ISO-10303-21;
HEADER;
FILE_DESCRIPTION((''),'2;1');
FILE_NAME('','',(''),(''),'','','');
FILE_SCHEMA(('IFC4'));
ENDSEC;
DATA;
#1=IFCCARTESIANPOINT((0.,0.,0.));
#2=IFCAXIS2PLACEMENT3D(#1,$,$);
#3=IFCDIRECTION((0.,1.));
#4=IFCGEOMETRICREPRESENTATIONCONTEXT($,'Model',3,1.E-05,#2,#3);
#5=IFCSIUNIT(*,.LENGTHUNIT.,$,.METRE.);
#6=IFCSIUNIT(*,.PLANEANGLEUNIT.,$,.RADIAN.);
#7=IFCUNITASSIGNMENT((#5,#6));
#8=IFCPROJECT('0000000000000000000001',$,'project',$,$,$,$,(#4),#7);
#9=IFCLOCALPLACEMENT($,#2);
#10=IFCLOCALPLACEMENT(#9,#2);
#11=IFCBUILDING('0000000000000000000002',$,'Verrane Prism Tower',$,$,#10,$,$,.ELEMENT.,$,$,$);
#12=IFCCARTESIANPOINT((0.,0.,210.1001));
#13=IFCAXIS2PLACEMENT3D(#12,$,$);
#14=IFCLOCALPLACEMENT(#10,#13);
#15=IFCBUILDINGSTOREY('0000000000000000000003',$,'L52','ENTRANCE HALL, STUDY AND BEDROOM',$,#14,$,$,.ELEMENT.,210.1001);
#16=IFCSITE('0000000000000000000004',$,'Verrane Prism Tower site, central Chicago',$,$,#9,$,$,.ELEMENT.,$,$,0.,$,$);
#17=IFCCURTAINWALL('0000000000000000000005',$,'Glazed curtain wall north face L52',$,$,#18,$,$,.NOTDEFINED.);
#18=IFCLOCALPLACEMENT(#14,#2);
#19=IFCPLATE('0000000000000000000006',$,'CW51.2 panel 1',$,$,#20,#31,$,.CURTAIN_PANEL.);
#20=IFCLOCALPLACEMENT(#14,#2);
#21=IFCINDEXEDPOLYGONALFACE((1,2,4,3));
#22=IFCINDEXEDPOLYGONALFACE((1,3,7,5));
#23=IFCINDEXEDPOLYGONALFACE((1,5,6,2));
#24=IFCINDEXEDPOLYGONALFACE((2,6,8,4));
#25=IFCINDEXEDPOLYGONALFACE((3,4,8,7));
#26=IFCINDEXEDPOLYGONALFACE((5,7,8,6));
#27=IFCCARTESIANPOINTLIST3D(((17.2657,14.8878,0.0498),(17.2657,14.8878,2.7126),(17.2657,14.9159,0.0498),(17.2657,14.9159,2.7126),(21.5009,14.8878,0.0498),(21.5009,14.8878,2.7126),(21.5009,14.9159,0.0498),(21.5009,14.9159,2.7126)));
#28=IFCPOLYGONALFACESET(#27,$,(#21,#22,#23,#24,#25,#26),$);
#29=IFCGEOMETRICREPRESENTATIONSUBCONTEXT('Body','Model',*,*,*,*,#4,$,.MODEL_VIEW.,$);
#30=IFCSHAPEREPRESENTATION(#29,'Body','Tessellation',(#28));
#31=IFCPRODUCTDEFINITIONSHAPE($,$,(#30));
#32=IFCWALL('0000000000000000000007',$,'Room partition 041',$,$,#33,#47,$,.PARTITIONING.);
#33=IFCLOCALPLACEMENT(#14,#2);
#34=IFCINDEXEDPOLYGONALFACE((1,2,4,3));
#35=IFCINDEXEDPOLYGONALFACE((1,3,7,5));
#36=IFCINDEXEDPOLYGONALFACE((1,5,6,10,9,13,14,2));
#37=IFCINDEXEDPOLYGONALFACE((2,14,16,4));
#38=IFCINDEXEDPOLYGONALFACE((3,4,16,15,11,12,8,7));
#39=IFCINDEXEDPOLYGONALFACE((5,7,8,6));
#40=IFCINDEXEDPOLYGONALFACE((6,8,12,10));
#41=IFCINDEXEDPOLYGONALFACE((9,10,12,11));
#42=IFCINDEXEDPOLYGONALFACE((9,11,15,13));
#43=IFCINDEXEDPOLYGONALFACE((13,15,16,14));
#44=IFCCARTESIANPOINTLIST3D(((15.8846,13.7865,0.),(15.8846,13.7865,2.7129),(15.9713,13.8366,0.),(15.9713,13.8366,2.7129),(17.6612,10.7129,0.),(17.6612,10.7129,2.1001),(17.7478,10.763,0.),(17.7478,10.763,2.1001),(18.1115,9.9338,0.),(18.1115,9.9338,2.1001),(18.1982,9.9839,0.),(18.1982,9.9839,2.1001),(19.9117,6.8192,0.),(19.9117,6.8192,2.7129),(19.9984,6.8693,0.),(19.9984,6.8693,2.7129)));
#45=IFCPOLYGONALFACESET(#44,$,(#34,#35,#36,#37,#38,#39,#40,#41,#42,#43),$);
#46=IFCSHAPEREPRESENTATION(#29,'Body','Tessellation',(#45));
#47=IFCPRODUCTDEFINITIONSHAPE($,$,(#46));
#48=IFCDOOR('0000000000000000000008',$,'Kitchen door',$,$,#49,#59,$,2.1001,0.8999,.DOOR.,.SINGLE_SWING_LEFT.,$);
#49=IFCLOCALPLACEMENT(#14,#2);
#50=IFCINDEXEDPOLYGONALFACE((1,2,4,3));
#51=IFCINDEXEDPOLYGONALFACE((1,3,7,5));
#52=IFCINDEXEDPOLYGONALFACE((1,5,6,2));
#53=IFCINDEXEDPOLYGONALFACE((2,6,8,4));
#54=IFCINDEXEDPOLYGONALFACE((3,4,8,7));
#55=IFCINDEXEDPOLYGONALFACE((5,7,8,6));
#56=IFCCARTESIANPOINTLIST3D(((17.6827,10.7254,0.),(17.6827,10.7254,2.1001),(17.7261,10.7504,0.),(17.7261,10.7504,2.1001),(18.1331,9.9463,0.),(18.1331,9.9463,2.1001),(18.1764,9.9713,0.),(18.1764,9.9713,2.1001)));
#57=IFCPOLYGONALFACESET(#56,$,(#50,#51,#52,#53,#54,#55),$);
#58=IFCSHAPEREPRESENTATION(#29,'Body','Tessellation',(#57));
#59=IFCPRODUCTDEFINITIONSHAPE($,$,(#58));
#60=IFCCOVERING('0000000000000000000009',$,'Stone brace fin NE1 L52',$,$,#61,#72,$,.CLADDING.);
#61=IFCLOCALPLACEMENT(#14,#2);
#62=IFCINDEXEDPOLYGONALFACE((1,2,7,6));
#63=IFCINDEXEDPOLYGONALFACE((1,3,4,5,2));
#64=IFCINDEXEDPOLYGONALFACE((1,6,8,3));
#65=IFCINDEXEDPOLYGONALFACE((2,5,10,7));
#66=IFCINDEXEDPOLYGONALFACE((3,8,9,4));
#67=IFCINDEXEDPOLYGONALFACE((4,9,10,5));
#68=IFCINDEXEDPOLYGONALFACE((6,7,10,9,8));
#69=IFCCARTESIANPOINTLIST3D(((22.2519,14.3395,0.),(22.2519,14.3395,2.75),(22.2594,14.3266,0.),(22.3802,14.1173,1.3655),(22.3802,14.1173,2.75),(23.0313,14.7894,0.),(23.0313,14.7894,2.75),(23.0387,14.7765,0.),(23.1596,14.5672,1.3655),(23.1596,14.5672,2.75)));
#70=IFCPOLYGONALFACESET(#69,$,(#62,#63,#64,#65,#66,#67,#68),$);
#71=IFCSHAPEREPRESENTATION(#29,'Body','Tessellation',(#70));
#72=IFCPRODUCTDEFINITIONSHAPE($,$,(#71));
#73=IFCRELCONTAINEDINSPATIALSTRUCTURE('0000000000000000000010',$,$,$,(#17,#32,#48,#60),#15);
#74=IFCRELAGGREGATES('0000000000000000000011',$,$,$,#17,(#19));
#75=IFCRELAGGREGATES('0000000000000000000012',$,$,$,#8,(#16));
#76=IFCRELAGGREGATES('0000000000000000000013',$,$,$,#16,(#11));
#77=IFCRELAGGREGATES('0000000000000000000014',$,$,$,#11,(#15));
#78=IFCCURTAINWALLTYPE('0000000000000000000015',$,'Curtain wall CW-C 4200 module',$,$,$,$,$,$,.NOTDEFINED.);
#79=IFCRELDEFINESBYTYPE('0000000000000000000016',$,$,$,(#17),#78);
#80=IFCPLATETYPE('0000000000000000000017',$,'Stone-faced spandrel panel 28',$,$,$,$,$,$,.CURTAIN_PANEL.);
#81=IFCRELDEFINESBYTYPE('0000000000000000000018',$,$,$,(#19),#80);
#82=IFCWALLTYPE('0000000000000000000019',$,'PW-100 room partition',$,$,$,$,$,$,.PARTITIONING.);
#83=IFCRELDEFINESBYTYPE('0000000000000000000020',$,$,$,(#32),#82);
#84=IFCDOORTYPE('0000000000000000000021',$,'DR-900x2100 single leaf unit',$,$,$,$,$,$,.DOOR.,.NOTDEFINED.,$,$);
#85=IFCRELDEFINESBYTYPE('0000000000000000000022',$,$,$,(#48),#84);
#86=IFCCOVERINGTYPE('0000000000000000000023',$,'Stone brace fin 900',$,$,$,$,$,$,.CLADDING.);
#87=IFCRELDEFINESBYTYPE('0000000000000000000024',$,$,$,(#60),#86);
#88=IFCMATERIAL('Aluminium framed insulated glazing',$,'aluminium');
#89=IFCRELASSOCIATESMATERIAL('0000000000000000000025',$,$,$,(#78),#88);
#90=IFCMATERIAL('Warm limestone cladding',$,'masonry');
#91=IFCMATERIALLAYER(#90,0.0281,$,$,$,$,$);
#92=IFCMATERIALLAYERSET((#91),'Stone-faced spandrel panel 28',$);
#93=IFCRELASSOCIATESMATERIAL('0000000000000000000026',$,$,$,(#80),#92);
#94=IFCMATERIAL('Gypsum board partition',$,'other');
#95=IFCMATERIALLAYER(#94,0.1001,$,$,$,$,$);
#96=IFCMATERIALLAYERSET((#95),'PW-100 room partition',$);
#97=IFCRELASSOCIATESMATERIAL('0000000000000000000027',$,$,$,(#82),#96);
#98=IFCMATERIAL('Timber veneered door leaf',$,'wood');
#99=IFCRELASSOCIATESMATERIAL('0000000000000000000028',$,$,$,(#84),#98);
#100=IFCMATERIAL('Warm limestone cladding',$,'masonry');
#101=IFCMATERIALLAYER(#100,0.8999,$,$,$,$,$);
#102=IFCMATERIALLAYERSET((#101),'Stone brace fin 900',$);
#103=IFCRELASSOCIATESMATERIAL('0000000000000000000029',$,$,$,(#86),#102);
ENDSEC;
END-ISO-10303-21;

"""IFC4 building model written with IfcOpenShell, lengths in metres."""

from ifc_helpers import new_model, si_unit, direction, frame, frame_2d, origin, origin_2d, place, context, subcontext, project, spatial, polyline, rectangle, outline, extrude, material, layer, layer_set, type_object, element, fill, aggregate, save


model = new_model("IFC4")

# Units and contexts
model_context = context("Model", 3, precision=1e-05, world=origin(), true_north=direction((0.0, 1.0)))
body_context = subcontext(model_context, "Body", "Model", "MODEL_VIEW")
ifc_project = project(units=[si_unit("LENGTHUNIT", "METRE"), si_unit("PLANEANGLEUNIT", "RADIAN")], contexts=[model_context])

# Site, building, storey
site_placement = place(None, origin())
site = spatial("IfcSite", under=ifc_project, at=site_placement, Name="Verrane Prism Tower site, central Chicago", CompositionType="ELEMENT", RefElevation=0.0)
building_placement = place(site_placement, origin())
building = spatial("IfcBuilding", under=site, at=building_placement, Name="Verrane Prism Tower", CompositionType="ELEMENT")
storey_placement = place(building_placement, frame((0.0, 0.0, 210.1001)))
storey = spatial("IfcBuildingStorey", under=building, at=storey_placement, Name="L52", Description="ENTRANCE HALL, STUDY AND BEDROOM", CompositionType="ELEMENT", Elevation=210.1001)

# Curtain wall
ifc_material_1 = material(Name="Aluminium framed insulated glazing", Category="aluminium")
curtain_wall_type_1 = type_object("IfcCurtainWallType", Name="Curtain wall CW-C 4200 module", PredefinedType="NOTDEFINED", material=ifc_material_1)
curtain_wall_1_placement = place(storey_placement, origin())
curtain_wall_1 = element("IfcCurtainWall", 1, at=curtain_wall_1_placement, inside=storey, type_object=curtain_wall_type_1, Name="Glazed curtain wall north face L52", PredefinedType="NOTDEFINED")

# Plate
ifc_material_2 = material(Name="Warm limestone cladding", Category="masonry")
ifc_layer_1 = layer(ifc_material_2, 0.0281)
ifc_layer_set_1 = layer_set([ifc_layer_1], Name="Stone-faced spandrel panel 28")
plate_type_1 = type_object("IfcPlateType", Name="Stone-faced spandrel panel 28", PredefinedType="CURTAIN_PANEL", material=ifc_layer_set_1)
plate_1_placement = place(storey_placement, frame((19.3833, 14.9019, 0.0498), z_axis=(0.0, 0.0, 1.0), x_axis=(-1.0, 0.0, 0.0)))
plate_1 = element("IfcPlate", 2, at=plate_1_placement, type_object=plate_type_1, Name="CW51.2 panel 1", PredefinedType="CURTAIN_PANEL", context=body_context, shape_type="SweptSolid", body=[
    extrude(rectangle(XDim=4.2351, YDim=0.0281, at=origin_2d()), origin(), (0.0, 0.0, 1.0), 2.6628),
])
aggregate(curtain_wall_1, [plate_1])

# Wall, opening, door
ifc_material_3 = material(Name="Gypsum board partition", Category="other")
ifc_layer_2 = layer(ifc_material_3, 0.1001)
ifc_layer_set_2 = layer_set([ifc_layer_2], Name="PW-100 room partition")
wall_type = type_object("IfcWallType", Name="PW-100 room partition", PredefinedType="PARTITIONING", material=ifc_layer_set_2)
wall_placement = place(storey_placement, frame((15.928, 13.8115, 0.0), z_axis=(0.0, 0.0, 1.0), x_axis=(0.500423, -0.865781, 0.0)))
wall = element("IfcWall", 3, at=wall_placement, inside=storey, type_object=wall_type, Name="Room partition 041", PredefinedType="PARTITIONING", context=body_context, shape_type="SweptSolid", body=[
    extrude(rectangle(XDim=8.0474, YDim=0.1001, at=frame_2d((4.0237, 0.0))), origin(), (0.0, 0.0, 1.0), 2.7129),
])
opening_placement = place(wall_placement, frame((3.55, 0.0, 0.0)))
opening = element("IfcOpeningElement", 4, at=opening_placement, cuts=wall, PredefinedType="OPENING", context=body_context, shape_type="SweptSolid", body=[
    extrude(rectangle(XDim=0.8999, YDim=2.1001, at=frame_2d((0.45, 1.05))), frame((0.0, 0.0601, 0.0), z_axis=(0.0, -1.0, 0.0), x_axis=(1.0, 0.0, 0.0)), (0.0, 0.0, 1.0), 0.1201),
])
ifc_material_4 = material(Name="Timber veneered door leaf", Category="wood")
door_type = type_object("IfcDoorType", Name="DR-900x2100 single leaf unit", OperationType="NOTDEFINED", PredefinedType="DOOR", material=ifc_material_4)
door_placement = place(opening_placement, origin())
door = element("IfcDoor", 5, at=door_placement, inside=storey, type_object=door_type, Name="Kitchen door", OperationType="SINGLE_SWING_LEFT", OverallHeight=2.1001, OverallWidth=0.8999, PredefinedType="DOOR", context=body_context, shape_type="SweptSolid", body=[
    extrude(rectangle(XDim=0.8999, YDim=2.1001, at=frame_2d((0.45, 1.05))), frame((0.0, 0.0249, 0.0), z_axis=(0.0, -1.0, 0.0), x_axis=(1.0, 0.0, 0.0)), (0.0, 0.0, 1.0), 0.05),
])
fill(opening, door)

# Covering
ifc_material_5 = material(Name="Warm limestone cladding", Category="masonry")
ifc_layer_3 = layer(ifc_material_5, 0.8999)
ifc_layer_set_3 = layer_set([ifc_layer_3], Name="Stone brace fin 900")
covering_type = type_object("IfcCoveringType", Name="Stone brace fin 900", PredefinedType="CLADDING", material=ifc_layer_set_3)
covering_placement = place(storey_placement, frame((22.6416, 14.5645, 0.0), z_axis=(0.0, 0.0, 1.0), x_axis=(0.500024, -0.866011, 0.0)))
element("IfcCovering", 6, at=covering_placement, inside=storey, type_object=covering_type, Name="Stone brace fin NE1 L52", PredefinedType="CLADDING", context=body_context, shape_type="SweptSolid", body=[
    extrude(outline(polyline([(0.2566, 2.75), (0.0, 2.75), (0.0, 0.0), (0.0149, 0.0), (0.2566, 1.3655), (0.2566, 2.75)])), frame((0.0, 0.45, 0.0), z_axis=(0.0, -1.0, 0.0), x_axis=(1.0, 0.0, 0.0)), (0.0, 0.0, 1.0), 0.8999),
])

save(model, "model.ifc")
